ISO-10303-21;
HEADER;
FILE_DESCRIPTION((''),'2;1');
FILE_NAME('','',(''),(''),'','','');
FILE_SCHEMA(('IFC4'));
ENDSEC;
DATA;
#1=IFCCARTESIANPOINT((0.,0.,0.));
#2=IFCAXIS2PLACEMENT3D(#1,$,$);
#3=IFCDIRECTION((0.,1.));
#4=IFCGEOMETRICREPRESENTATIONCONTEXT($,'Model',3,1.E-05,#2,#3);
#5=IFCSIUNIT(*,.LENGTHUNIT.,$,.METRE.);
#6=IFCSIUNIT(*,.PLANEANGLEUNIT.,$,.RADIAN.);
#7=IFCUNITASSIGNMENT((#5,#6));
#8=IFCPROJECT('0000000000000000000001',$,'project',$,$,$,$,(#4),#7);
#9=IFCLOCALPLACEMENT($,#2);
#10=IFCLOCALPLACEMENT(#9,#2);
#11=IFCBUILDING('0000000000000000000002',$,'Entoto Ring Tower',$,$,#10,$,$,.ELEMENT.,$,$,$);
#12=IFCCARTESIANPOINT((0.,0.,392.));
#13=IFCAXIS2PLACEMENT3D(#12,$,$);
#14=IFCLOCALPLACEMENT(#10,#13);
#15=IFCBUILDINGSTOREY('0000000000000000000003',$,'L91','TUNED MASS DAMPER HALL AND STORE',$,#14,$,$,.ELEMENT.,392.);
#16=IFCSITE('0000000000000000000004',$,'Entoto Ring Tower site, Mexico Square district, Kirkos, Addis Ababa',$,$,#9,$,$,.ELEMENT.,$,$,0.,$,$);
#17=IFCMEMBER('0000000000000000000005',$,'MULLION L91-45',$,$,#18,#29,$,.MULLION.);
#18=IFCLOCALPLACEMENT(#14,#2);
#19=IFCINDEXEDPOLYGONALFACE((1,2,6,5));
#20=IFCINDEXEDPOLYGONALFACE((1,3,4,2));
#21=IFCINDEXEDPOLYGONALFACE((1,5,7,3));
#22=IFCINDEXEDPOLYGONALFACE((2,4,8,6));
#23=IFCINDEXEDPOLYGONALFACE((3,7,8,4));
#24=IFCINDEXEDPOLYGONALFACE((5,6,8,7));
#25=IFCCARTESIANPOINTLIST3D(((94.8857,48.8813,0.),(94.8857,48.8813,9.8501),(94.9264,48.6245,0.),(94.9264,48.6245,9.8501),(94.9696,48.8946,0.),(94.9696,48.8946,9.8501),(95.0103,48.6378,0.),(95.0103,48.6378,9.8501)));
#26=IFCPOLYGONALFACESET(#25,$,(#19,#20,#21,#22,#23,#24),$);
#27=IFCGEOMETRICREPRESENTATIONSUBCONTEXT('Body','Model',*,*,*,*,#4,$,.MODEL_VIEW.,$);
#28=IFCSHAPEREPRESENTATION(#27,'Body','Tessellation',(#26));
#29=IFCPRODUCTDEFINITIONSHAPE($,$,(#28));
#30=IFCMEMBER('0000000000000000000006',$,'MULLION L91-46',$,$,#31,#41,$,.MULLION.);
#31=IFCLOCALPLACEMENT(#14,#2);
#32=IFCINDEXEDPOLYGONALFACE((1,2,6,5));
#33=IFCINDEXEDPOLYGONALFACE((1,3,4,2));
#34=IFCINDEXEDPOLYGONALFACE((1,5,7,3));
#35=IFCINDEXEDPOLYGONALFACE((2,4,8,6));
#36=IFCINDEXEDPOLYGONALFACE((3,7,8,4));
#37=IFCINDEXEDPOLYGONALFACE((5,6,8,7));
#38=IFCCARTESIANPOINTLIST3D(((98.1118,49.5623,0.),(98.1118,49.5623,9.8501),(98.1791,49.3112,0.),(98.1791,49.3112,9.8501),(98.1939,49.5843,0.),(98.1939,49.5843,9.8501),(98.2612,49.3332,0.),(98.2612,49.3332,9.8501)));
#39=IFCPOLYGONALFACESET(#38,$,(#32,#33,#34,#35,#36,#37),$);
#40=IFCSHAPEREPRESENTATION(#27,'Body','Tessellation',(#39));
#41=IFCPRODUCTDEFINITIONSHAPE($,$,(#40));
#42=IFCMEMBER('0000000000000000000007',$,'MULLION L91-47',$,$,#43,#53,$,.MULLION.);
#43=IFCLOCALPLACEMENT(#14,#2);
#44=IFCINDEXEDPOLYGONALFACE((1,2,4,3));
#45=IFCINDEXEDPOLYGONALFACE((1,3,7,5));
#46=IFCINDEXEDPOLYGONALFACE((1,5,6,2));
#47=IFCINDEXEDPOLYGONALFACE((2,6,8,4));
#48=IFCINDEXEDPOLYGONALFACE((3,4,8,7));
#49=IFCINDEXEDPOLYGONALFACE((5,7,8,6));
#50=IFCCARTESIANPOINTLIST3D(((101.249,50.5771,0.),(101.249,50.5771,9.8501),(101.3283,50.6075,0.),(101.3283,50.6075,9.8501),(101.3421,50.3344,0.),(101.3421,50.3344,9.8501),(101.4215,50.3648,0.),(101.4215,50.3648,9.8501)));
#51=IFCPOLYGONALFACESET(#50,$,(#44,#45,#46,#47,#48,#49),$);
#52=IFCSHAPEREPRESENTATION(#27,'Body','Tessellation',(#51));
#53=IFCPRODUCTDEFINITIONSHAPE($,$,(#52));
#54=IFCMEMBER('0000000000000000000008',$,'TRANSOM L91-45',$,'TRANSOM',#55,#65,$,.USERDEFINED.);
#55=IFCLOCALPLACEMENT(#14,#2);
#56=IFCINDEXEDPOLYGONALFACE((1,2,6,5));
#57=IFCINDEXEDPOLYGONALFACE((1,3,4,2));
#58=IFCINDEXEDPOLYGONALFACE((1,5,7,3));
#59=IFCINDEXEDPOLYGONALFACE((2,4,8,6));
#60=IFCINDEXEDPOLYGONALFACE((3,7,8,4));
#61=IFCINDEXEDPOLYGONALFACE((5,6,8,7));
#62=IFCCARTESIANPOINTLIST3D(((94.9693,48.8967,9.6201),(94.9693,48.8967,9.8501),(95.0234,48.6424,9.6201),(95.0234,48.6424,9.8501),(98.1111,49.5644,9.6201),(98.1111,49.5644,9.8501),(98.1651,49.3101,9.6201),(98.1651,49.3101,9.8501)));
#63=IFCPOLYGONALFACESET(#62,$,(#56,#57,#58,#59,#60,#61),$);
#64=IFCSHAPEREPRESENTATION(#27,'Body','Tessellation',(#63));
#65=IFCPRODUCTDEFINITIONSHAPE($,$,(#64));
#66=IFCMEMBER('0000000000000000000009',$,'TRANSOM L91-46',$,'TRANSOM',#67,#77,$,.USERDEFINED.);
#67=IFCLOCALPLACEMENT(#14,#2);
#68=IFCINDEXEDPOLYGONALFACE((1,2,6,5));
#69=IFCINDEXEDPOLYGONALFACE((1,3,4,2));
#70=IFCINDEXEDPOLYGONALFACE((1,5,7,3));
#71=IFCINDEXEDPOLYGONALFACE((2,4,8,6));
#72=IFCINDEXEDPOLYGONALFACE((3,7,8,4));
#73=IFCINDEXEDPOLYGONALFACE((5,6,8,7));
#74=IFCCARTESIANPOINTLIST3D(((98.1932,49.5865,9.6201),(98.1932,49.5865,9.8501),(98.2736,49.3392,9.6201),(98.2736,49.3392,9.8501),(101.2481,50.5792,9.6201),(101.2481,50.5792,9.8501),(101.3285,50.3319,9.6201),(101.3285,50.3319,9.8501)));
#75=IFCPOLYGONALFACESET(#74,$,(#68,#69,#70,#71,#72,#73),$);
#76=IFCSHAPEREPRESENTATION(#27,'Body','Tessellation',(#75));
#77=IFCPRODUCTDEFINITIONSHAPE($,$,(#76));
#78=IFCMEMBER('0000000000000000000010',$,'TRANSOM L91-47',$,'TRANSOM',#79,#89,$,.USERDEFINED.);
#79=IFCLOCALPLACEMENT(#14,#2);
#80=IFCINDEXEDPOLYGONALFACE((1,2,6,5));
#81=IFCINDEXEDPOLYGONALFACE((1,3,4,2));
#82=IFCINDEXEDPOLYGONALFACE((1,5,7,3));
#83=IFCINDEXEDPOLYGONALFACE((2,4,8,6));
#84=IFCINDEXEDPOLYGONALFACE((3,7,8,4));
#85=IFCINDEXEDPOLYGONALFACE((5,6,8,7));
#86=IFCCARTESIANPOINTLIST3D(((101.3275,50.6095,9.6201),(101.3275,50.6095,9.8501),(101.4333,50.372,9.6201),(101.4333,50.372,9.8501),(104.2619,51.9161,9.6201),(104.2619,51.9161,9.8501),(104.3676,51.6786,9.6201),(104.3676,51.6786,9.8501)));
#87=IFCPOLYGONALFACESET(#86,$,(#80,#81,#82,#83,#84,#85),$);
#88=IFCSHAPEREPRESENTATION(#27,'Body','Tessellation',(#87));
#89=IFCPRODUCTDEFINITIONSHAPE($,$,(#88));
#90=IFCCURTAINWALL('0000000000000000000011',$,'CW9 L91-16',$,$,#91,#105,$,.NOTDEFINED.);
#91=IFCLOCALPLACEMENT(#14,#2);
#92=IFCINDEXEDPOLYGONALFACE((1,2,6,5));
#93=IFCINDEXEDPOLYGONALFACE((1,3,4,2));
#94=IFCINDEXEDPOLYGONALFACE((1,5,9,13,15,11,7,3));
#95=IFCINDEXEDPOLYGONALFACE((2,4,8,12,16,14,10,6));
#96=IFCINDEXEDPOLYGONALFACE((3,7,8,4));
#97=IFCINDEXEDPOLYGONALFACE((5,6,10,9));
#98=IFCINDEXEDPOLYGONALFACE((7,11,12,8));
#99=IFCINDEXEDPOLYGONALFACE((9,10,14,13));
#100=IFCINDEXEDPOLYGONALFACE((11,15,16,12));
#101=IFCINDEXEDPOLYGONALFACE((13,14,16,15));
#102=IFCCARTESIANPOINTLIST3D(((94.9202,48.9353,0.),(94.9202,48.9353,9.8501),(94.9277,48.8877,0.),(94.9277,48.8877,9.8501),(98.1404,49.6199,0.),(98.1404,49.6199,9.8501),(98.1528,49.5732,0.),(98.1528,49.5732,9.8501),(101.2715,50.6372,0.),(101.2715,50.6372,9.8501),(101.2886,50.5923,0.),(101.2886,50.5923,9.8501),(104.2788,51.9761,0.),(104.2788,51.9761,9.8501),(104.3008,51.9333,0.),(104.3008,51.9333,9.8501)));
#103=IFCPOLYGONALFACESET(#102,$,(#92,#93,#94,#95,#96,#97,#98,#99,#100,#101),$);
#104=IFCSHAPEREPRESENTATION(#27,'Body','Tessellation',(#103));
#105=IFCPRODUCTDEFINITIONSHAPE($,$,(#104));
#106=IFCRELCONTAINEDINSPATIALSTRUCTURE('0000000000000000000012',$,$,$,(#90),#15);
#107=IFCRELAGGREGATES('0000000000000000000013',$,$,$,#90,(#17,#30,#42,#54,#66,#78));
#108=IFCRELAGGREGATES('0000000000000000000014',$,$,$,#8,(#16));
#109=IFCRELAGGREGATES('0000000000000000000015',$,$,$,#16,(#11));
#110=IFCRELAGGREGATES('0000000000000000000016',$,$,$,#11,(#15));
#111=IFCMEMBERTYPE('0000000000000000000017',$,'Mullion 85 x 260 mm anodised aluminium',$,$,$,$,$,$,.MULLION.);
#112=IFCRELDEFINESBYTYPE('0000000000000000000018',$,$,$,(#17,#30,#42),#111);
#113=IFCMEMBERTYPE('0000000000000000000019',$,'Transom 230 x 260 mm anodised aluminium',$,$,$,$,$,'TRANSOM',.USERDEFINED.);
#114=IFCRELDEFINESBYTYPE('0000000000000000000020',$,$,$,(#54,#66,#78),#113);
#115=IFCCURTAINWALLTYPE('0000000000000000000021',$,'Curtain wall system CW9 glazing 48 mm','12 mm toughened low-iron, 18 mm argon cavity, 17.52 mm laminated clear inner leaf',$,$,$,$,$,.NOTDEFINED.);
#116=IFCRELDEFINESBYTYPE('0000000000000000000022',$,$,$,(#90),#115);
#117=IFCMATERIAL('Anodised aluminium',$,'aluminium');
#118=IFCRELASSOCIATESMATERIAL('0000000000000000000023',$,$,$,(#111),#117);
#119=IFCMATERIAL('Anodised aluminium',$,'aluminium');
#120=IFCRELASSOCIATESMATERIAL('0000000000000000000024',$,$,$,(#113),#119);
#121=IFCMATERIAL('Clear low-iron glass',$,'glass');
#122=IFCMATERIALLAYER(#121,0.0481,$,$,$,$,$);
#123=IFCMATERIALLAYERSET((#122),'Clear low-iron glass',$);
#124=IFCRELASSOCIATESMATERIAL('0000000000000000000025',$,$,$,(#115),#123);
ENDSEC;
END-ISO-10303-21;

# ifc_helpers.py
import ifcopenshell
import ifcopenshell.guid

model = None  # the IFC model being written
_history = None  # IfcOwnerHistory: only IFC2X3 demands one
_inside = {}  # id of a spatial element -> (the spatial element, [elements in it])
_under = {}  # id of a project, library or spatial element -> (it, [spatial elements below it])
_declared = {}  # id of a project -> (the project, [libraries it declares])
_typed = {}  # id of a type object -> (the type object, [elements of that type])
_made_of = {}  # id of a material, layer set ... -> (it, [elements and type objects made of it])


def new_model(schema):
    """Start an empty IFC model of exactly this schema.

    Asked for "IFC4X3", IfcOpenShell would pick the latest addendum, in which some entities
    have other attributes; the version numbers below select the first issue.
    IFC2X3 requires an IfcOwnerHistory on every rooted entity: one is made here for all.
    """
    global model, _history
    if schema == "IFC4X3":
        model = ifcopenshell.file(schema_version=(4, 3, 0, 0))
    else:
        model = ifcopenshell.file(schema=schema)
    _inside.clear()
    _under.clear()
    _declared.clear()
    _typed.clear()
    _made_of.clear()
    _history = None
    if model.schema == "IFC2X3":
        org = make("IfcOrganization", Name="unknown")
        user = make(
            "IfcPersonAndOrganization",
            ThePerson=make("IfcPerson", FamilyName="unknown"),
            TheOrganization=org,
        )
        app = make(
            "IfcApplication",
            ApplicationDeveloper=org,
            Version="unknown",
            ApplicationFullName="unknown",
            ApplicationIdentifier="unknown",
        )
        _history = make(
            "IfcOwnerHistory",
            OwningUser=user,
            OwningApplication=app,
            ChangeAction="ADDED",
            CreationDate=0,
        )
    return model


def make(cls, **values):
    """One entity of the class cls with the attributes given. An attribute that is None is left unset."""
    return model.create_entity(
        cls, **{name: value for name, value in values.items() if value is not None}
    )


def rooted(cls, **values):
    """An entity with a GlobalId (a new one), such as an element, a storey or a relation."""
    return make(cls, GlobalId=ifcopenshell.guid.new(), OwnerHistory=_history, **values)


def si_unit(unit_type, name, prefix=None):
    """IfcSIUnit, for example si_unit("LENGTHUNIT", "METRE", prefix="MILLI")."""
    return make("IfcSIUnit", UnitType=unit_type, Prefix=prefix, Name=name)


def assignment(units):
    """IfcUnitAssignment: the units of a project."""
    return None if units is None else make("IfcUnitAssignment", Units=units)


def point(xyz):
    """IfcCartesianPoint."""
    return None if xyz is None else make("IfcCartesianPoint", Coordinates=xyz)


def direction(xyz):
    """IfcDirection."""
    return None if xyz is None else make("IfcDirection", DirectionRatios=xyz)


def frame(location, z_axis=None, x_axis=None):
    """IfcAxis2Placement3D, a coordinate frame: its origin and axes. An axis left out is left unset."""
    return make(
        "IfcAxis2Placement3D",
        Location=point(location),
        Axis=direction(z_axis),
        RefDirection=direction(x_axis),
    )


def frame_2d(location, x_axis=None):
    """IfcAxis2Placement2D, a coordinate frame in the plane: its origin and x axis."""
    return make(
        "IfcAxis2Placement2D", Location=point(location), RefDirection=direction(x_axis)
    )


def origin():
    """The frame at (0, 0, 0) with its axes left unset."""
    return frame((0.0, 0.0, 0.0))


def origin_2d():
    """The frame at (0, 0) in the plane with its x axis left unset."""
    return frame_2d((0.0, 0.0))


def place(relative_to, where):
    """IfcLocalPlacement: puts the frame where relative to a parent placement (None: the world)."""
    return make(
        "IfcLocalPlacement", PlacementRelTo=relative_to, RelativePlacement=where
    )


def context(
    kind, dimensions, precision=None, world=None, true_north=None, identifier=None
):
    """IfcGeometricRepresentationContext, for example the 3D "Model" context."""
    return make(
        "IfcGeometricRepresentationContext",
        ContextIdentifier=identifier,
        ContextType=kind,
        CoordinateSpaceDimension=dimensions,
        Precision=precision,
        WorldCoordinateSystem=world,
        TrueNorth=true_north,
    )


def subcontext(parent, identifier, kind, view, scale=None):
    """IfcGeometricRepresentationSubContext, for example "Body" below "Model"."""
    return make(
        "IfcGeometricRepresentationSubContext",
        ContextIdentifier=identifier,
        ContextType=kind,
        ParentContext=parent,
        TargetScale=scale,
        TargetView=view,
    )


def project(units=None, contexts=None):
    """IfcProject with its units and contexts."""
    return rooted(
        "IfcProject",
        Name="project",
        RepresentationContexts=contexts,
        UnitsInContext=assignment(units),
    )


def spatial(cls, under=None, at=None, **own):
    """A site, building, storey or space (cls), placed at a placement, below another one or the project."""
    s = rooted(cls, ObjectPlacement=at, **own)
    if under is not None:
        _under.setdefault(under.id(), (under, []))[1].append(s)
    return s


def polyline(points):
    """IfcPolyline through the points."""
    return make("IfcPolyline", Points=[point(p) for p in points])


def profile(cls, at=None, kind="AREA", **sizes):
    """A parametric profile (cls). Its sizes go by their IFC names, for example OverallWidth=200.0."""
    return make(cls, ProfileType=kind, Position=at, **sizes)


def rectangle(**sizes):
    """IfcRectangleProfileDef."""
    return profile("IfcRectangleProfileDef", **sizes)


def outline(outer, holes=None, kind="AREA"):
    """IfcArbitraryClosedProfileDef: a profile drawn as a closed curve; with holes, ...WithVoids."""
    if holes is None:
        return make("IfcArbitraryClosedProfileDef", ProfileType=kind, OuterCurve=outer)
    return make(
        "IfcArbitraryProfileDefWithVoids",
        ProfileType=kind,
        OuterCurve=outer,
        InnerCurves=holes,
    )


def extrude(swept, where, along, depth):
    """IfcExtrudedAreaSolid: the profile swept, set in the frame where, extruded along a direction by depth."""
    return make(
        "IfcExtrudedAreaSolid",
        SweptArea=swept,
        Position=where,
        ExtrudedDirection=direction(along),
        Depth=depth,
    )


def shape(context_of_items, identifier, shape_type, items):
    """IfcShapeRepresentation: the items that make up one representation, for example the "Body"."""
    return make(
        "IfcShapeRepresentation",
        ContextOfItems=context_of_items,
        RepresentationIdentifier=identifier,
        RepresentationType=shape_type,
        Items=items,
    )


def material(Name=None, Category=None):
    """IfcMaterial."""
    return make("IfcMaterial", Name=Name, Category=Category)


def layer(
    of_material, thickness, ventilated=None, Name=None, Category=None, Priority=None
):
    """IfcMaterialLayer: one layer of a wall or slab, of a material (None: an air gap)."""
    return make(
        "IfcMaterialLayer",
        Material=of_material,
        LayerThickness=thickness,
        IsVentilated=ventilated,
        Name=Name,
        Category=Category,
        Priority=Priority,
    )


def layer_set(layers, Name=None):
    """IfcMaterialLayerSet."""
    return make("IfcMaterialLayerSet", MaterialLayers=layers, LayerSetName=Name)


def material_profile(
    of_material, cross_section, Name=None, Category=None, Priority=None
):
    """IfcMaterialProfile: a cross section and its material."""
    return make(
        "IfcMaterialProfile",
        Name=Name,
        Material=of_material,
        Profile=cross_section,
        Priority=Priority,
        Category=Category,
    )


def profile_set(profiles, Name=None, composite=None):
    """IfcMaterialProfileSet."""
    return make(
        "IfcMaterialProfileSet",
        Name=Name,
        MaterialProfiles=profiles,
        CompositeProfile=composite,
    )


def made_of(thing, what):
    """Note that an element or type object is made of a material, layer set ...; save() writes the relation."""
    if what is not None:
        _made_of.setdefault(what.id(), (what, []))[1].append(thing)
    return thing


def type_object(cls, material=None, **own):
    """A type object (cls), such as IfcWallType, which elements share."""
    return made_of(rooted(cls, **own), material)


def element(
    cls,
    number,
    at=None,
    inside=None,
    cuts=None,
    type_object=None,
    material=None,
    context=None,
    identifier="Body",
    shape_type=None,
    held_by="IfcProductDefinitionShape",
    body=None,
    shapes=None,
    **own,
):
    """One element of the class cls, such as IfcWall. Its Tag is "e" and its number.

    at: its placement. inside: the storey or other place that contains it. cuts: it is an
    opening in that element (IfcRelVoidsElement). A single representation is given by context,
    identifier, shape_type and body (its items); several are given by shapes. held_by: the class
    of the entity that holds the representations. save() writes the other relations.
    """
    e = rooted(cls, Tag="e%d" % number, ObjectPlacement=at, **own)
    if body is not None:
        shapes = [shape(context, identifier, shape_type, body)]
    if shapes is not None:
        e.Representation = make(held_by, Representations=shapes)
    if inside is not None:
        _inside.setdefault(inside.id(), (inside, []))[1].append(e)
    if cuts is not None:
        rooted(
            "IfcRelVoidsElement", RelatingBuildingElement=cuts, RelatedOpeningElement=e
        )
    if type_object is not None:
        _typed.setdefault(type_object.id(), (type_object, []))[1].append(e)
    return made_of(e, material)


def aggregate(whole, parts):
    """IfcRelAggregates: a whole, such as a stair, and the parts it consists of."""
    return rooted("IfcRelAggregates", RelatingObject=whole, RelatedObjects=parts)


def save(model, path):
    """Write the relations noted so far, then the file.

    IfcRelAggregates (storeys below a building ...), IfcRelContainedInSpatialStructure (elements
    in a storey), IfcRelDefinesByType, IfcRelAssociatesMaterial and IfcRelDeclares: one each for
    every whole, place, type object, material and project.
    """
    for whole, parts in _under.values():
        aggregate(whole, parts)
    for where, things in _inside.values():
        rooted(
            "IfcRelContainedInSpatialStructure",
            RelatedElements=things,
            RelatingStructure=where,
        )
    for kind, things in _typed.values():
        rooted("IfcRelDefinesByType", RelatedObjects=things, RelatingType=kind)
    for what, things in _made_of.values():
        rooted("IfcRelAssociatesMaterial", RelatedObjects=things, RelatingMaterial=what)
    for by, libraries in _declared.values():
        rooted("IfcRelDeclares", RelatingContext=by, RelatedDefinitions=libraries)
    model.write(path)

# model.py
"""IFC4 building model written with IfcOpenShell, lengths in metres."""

from ifc_helpers import new_model, si_unit, direction, frame, origin, origin_2d, place, context, subcontext, project, spatial, polyline, rectangle, outline, extrude, material, layer, layer_set, material_profile, profile_set, type_object, element, aggregate, save


model = new_model("IFC4")

# Units and contexts
model_context = context("Model", 3, precision=1e-05, world=origin(), true_north=direction((0.0, 1.0)))
body_context = subcontext(model_context, "Body", "Model", "MODEL_VIEW")
ifc_project = project(units=[si_unit("LENGTHUNIT", "METRE"), si_unit("PLANEANGLEUNIT", "RADIAN")], contexts=[model_context])

# Members
ifc_material_1 = material(Name="Anodised aluminium", Category="aluminium")
ifc_material_profile_1 = material_profile(ifc_material_1, rectangle(XDim=0.085, YDim=0.26, at=origin_2d()), Name="Mullion 85 x 260 mm anodised aluminium")
ifc_profile_set_1 = profile_set([ifc_material_profile_1], Name="Anodised aluminium")
member_type_1 = type_object("IfcMemberType", Name="Mullion 85 x 260 mm anodised aluminium", PredefinedType="MULLION", material=ifc_profile_set_1)
site_placement = place(None, origin())
building_placement = place(site_placement, origin())
storey_placement = place(building_placement, frame((0.0, 0.0, 392.0)))
member_1_placement = place(storey_placement, frame((94.948, 48.7595, 0.0), z_axis=(0.0, 0.0, 1.0), x_axis=(0.987688, 0.156434, 0.0)))
member_1 = element("IfcMember", 1, at=member_1_placement, type_object=member_type_1, Name="MULLION L91-45", PredefinedType="MULLION", context=body_context, shape_type="SweptSolid", body=[
    extrude(rectangle(XDim=0.085, YDim=0.26, at=origin_2d()), origin(), (0.0, 0.0, 1.0), 9.8501),
])
member_2_placement = place(storey_placement, frame((98.1865, 49.4478, 0.0), z_axis=(0.0, 0.0, 1.0), x_axis=(0.965926, 0.258819, 0.0)))
member_2 = element("IfcMember", 2, at=member_2_placement, type_object=member_type_1, Name="MULLION L91-46", PredefinedType="MULLION", context=body_context, shape_type="SweptSolid", body=[
    extrude(rectangle(XDim=0.085, YDim=0.26, at=origin_2d()), origin(), (0.0, 0.0, 1.0), 9.8501),
])
member_3_placement = place(storey_placement, frame((101.3352, 50.4709, 0.0), z_axis=(0.0, 0.0, 1.0), x_axis=(0.93358, 0.358368, 0.0)))
member_3 = element("IfcMember", 3, at=member_3_placement, type_object=member_type_1, Name="MULLION L91-47", PredefinedType="MULLION", context=body_context, shape_type="SweptSolid", body=[
    extrude(rectangle(XDim=0.085, YDim=0.26, at=origin_2d()), origin(), (0.0, 0.0, 1.0), 9.8501),
])
ifc_material_2 = material(Name="Anodised aluminium", Category="aluminium")
ifc_material_profile_2 = material_profile(ifc_material_2, rectangle(XDim=0.26, YDim=0.23, at=origin_2d()), Name="Transom 230 x 260 mm anodised aluminium")
ifc_profile_set_2 = profile_set([ifc_material_profile_2], Name="Anodised aluminium")
member_type_2 = type_object("IfcMemberType", Name="Transom 230 x 260 mm anodised aluminium", ElementType="TRANSOM", PredefinedType="USERDEFINED", material=ifc_profile_set_2)
member_4_placement = place(storey_placement, frame((94.9963, 48.7695, 9.7351), z_axis=(0.978154, 0.207883, 0.0), x_axis=(-0.207883, 0.978154, 0.0)))
member_4 = element("IfcMember", 4, at=member_4_placement, type_object=member_type_2, Name="TRANSOM L91-45", ObjectType="TRANSOM", PredefinedType="USERDEFINED", context=body_context, shape_type="SweptSolid", body=[
    extrude(rectangle(XDim=0.26, YDim=0.23, at=origin_2d()), origin(), (0.0, 0.0, 1.0), 3.2119),
])
member_5_placement = place(storey_placement, frame((98.2334, 49.4629, 9.7351), z_axis=(0.95105, 0.309036, 0.0), x_axis=(-0.309036, 0.95105, 0.0)))
member_5 = element("IfcMember", 5, at=member_5_placement, type_object=member_type_2, Name="TRANSOM L91-46", ObjectType="TRANSOM", PredefinedType="USERDEFINED", context=body_context, shape_type="SweptSolid", body=[
    extrude(rectangle(XDim=0.26, YDim=0.23, at=origin_2d()), origin(), (0.0, 0.0, 1.0), 3.2122),
])
member_6_placement = place(storey_placement, frame((101.3804, 50.4907, 9.7351), z_axis=(0.913523, 0.406787, 0.0), x_axis=(-0.406787, 0.913523, 0.0)))
member_6 = element("IfcMember", 6, at=member_6_placement, type_object=member_type_2, Name="TRANSOM L91-47", ObjectType="TRANSOM", PredefinedType="USERDEFINED", context=body_context, shape_type="SweptSolid", body=[
    extrude(rectangle(XDim=0.26, YDim=0.23, at=origin_2d()), origin(), (0.0, 0.0, 1.0), 3.2122),
])

# Site, building, storey
site = spatial("IfcSite", under=ifc_project, at=site_placement, Name="Entoto Ring Tower site, Mexico Square district, Kirkos, Addis Ababa", CompositionType="ELEMENT", RefElevation=0.0)
building = spatial("IfcBuilding", under=site, at=building_placement, Name="Entoto Ring Tower", CompositionType="ELEMENT")
storey = spatial("IfcBuildingStorey", under=building, at=storey_placement, Name="L91", Description="TUNED MASS DAMPER HALL AND STORE", CompositionType="ELEMENT", Elevation=392.0)

# Curtain wall
ifc_material_3 = material(Name="Clear low-iron glass", Category="glass")
ifc_layer = layer(ifc_material_3, 0.0481)
ifc_layer_set = layer_set([ifc_layer], Name="Clear low-iron glass")
curtain_wall_type = type_object("IfcCurtainWallType", Name="Curtain wall system CW9 glazing 48 mm", Description="12 mm toughened low-iron, 18 mm argon cavity, 17.52 mm laminated clear inner leaf", PredefinedType="NOTDEFINED", material=ifc_layer_set)
curtain_wall_1_placement = place(storey_placement, origin())
curtain_wall_1 = element("IfcCurtainWall", 7, at=curtain_wall_1_placement, inside=storey, type_object=curtain_wall_type, Name="CW9 L91-16", PredefinedType="NOTDEFINED", context=body_context, shape_type="SweptSolid", body=[
    extrude(outline(polyline([(94.9277, 48.8877), (98.1528, 49.5732), (101.2886, 50.5923), (104.3008, 51.9333), (104.2788, 51.9761), (101.2715, 50.6372), (98.1404, 49.6199), (94.9202, 48.9353), (94.9277, 48.8877)])), origin(), (0.0, 0.0, 1.0), 9.8501),
])
aggregate(curtain_wall_1, [member_1, member_2, member_3, member_4, member_5, member_6])

save(model, "model.ifc")
